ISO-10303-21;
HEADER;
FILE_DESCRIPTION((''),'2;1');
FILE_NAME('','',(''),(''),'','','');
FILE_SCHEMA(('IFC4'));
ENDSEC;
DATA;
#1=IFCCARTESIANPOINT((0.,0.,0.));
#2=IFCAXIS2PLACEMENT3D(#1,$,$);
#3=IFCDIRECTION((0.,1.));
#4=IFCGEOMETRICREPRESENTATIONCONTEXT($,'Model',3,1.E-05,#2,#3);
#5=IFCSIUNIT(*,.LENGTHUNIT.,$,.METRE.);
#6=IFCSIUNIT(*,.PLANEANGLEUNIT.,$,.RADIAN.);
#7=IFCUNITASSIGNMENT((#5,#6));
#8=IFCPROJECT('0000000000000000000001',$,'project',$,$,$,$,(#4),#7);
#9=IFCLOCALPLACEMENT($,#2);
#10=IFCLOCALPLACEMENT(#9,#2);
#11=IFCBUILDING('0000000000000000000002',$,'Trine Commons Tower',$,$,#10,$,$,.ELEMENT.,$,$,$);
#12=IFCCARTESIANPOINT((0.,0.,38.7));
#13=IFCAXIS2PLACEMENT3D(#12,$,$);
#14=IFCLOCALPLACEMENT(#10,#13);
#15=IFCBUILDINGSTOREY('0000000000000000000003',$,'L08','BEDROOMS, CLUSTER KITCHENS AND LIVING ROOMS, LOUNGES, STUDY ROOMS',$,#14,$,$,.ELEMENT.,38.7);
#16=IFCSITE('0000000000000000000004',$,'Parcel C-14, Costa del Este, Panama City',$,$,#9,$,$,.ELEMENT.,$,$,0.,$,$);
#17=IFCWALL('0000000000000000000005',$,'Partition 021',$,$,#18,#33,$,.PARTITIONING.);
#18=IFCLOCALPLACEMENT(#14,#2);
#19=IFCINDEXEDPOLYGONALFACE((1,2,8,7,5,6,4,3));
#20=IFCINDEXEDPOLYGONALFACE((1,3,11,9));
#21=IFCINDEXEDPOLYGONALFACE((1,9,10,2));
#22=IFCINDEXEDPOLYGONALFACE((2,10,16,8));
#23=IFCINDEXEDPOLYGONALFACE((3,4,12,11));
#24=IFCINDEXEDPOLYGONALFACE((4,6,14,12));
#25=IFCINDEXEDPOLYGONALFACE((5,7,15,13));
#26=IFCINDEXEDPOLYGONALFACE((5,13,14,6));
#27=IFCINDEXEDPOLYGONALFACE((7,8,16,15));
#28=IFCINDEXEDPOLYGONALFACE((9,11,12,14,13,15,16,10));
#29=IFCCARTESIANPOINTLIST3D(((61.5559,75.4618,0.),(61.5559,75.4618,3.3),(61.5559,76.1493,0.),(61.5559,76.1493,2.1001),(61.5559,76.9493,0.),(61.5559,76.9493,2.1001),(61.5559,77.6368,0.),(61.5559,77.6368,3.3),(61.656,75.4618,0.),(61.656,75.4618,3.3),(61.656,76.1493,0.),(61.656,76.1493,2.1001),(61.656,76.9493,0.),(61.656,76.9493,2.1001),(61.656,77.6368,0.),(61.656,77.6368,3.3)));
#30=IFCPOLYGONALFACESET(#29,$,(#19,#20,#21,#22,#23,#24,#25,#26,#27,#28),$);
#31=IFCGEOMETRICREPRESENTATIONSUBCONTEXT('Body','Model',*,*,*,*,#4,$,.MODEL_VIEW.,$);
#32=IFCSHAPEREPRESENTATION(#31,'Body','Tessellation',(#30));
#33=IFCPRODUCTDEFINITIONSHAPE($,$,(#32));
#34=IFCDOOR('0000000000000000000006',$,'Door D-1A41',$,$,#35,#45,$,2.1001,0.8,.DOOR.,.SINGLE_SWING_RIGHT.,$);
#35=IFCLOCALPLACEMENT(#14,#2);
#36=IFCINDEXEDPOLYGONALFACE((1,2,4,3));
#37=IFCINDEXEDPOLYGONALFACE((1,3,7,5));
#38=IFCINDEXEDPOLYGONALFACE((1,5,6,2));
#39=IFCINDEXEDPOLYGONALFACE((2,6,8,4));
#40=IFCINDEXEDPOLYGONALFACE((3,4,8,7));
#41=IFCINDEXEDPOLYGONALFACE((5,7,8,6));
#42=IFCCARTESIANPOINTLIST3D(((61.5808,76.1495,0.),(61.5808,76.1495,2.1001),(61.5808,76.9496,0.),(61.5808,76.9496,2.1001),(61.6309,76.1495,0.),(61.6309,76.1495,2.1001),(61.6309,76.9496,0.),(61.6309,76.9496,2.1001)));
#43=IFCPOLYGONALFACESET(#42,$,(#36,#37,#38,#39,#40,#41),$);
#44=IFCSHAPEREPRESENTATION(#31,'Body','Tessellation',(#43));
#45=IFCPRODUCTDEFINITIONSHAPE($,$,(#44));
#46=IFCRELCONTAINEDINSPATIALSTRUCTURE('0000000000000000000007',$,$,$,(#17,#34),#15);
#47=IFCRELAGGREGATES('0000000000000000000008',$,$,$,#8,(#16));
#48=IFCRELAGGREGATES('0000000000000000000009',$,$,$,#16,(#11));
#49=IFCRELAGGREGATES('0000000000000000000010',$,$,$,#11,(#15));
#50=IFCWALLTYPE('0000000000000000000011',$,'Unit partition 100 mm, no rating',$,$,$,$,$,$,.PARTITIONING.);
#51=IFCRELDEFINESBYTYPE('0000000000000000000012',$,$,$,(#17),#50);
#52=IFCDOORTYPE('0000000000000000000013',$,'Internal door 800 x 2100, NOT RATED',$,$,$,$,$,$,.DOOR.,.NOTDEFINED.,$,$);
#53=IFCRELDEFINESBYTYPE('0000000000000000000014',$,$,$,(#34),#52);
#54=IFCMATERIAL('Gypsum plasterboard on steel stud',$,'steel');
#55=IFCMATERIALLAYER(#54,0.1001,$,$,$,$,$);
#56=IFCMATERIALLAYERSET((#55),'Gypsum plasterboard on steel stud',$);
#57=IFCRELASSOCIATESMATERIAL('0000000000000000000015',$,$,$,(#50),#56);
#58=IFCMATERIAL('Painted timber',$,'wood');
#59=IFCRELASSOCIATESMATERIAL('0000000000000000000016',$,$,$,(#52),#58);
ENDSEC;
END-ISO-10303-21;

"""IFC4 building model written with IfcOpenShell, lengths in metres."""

from ifc_helpers import new_model, si_unit, direction, frame, frame_2d, origin, place, context, subcontext, project, spatial, rectangle, extrude, material, layer, layer_set, type_object, element, fill, save


model = new_model("IFC4")

# Units and contexts
model_context = context("Model", 3, precision=1e-05, world=origin(), true_north=direction((0.0, 1.0)))
body_context = subcontext(model_context, "Body", "Model", "MODEL_VIEW")
ifc_project = project(units=[si_unit("LENGTHUNIT", "METRE"), si_unit("PLANEANGLEUNIT", "RADIAN")], contexts=[model_context])

# Site, building, storey
site_placement = place(None, origin())
site = spatial("IfcSite", under=ifc_project, at=site_placement, Name="Parcel C-14, Costa del Este, Panama City", CompositionType="ELEMENT", RefElevation=0.0)
building_placement = place(site_placement, origin())
building = spatial("IfcBuilding", under=site, at=building_placement, Name="Trine Commons Tower", CompositionType="ELEMENT")
storey_placement = place(building_placement, frame((0.0, 0.0, 38.7)))
storey = spatial("IfcBuildingStorey", under=building, at=storey_placement, Name="L08", Description="BEDROOMS, CLUSTER KITCHENS AND LIVING ROOMS, LOUNGES, STUDY ROOMS", CompositionType="ELEMENT", Elevation=38.7)

# Shared definitions
ifc_material_1 = material(Name="Gypsum plasterboard on steel stud", Category="steel")

# Shared definitions
ifc_material_2 = material(Name="Painted timber", Category="wood")

# Shared definitions
ifc_layer_1 = layer(ifc_material_1, 0.1001)
ifc_layer_set_1 = layer_set([ifc_layer_1], Name="Gypsum plasterboard on steel stud")
wall_type_1 = type_object("IfcWallType", Name="Unit partition 100 mm, no rating", PredefinedType="PARTITIONING", material=ifc_layer_set_1)

# Wall, opening, door
wall_1_placement = place(storey_placement, frame((61.606, 75.4619, 0.0), z_axis=(0.0, 0.0, 1.0), x_axis=(0.0, 1.0, 0.0)))
wall_1 = element("IfcWall", 1, at=wall_1_placement, inside=storey, type_object=wall_type_1, Name="Partition 021", PredefinedType="PARTITIONING", context=body_context, shape_type="SweptSolid", body=[
    extrude(rectangle(XDim=2.175, YDim=0.1001, at=frame_2d((1.0874, 0.0))), origin(), (0.0, 0.0, 1.0), 3.3),
])
opening_1_placement = place(wall_1_placement, frame((0.6875, 0.0, 0.0)))
opening_1 = element("IfcOpeningElement", 2, at=opening_1_placement, cuts=wall_1, PredefinedType="OPENING", context=body_context, shape_type="SweptSolid", body=[
    extrude(rectangle(XDim=0.8, YDim=2.1001, at=frame_2d((0.3999, 1.05))), frame((0.0, 0.0601, 0.0), z_axis=(0.0, -1.0, 0.0), x_axis=(1.0, 0.0, 0.0)), (0.0, 0.0, 1.0), 0.1201),
])
door_type_1 = type_object("IfcDoorType", Name="Internal door 800 x 2100, NOT RATED", OperationType="NOTDEFINED", PredefinedType="DOOR", material=ifc_material_2)
door_1_placement = place(opening_1_placement, frame((0.8, 0.0, 0.0), z_axis=(0.0, 0.0, 1.0), x_axis=(-1.0, 0.0, 0.0)))
door_1 = element("IfcDoor", 3, at=door_1_placement, inside=storey, type_object=door_type_1, Name="Door D-1A41", OperationType="SINGLE_SWING_RIGHT", OverallHeight=2.1001, OverallWidth=0.8, PredefinedType="DOOR", context=body_context, shape_type="SweptSolid", body=[
    extrude(rectangle(XDim=0.8, YDim=2.1001, at=frame_2d((0.3999, 1.05))), frame((0.0, 0.0249, 0.0), z_axis=(0.0, -1.0, 0.0), x_axis=(1.0, 0.0, 0.0)), (0.0, 0.0, 1.0), 0.05),
])
fill(opening_1, door_1)

save(model, "model.ifc")
